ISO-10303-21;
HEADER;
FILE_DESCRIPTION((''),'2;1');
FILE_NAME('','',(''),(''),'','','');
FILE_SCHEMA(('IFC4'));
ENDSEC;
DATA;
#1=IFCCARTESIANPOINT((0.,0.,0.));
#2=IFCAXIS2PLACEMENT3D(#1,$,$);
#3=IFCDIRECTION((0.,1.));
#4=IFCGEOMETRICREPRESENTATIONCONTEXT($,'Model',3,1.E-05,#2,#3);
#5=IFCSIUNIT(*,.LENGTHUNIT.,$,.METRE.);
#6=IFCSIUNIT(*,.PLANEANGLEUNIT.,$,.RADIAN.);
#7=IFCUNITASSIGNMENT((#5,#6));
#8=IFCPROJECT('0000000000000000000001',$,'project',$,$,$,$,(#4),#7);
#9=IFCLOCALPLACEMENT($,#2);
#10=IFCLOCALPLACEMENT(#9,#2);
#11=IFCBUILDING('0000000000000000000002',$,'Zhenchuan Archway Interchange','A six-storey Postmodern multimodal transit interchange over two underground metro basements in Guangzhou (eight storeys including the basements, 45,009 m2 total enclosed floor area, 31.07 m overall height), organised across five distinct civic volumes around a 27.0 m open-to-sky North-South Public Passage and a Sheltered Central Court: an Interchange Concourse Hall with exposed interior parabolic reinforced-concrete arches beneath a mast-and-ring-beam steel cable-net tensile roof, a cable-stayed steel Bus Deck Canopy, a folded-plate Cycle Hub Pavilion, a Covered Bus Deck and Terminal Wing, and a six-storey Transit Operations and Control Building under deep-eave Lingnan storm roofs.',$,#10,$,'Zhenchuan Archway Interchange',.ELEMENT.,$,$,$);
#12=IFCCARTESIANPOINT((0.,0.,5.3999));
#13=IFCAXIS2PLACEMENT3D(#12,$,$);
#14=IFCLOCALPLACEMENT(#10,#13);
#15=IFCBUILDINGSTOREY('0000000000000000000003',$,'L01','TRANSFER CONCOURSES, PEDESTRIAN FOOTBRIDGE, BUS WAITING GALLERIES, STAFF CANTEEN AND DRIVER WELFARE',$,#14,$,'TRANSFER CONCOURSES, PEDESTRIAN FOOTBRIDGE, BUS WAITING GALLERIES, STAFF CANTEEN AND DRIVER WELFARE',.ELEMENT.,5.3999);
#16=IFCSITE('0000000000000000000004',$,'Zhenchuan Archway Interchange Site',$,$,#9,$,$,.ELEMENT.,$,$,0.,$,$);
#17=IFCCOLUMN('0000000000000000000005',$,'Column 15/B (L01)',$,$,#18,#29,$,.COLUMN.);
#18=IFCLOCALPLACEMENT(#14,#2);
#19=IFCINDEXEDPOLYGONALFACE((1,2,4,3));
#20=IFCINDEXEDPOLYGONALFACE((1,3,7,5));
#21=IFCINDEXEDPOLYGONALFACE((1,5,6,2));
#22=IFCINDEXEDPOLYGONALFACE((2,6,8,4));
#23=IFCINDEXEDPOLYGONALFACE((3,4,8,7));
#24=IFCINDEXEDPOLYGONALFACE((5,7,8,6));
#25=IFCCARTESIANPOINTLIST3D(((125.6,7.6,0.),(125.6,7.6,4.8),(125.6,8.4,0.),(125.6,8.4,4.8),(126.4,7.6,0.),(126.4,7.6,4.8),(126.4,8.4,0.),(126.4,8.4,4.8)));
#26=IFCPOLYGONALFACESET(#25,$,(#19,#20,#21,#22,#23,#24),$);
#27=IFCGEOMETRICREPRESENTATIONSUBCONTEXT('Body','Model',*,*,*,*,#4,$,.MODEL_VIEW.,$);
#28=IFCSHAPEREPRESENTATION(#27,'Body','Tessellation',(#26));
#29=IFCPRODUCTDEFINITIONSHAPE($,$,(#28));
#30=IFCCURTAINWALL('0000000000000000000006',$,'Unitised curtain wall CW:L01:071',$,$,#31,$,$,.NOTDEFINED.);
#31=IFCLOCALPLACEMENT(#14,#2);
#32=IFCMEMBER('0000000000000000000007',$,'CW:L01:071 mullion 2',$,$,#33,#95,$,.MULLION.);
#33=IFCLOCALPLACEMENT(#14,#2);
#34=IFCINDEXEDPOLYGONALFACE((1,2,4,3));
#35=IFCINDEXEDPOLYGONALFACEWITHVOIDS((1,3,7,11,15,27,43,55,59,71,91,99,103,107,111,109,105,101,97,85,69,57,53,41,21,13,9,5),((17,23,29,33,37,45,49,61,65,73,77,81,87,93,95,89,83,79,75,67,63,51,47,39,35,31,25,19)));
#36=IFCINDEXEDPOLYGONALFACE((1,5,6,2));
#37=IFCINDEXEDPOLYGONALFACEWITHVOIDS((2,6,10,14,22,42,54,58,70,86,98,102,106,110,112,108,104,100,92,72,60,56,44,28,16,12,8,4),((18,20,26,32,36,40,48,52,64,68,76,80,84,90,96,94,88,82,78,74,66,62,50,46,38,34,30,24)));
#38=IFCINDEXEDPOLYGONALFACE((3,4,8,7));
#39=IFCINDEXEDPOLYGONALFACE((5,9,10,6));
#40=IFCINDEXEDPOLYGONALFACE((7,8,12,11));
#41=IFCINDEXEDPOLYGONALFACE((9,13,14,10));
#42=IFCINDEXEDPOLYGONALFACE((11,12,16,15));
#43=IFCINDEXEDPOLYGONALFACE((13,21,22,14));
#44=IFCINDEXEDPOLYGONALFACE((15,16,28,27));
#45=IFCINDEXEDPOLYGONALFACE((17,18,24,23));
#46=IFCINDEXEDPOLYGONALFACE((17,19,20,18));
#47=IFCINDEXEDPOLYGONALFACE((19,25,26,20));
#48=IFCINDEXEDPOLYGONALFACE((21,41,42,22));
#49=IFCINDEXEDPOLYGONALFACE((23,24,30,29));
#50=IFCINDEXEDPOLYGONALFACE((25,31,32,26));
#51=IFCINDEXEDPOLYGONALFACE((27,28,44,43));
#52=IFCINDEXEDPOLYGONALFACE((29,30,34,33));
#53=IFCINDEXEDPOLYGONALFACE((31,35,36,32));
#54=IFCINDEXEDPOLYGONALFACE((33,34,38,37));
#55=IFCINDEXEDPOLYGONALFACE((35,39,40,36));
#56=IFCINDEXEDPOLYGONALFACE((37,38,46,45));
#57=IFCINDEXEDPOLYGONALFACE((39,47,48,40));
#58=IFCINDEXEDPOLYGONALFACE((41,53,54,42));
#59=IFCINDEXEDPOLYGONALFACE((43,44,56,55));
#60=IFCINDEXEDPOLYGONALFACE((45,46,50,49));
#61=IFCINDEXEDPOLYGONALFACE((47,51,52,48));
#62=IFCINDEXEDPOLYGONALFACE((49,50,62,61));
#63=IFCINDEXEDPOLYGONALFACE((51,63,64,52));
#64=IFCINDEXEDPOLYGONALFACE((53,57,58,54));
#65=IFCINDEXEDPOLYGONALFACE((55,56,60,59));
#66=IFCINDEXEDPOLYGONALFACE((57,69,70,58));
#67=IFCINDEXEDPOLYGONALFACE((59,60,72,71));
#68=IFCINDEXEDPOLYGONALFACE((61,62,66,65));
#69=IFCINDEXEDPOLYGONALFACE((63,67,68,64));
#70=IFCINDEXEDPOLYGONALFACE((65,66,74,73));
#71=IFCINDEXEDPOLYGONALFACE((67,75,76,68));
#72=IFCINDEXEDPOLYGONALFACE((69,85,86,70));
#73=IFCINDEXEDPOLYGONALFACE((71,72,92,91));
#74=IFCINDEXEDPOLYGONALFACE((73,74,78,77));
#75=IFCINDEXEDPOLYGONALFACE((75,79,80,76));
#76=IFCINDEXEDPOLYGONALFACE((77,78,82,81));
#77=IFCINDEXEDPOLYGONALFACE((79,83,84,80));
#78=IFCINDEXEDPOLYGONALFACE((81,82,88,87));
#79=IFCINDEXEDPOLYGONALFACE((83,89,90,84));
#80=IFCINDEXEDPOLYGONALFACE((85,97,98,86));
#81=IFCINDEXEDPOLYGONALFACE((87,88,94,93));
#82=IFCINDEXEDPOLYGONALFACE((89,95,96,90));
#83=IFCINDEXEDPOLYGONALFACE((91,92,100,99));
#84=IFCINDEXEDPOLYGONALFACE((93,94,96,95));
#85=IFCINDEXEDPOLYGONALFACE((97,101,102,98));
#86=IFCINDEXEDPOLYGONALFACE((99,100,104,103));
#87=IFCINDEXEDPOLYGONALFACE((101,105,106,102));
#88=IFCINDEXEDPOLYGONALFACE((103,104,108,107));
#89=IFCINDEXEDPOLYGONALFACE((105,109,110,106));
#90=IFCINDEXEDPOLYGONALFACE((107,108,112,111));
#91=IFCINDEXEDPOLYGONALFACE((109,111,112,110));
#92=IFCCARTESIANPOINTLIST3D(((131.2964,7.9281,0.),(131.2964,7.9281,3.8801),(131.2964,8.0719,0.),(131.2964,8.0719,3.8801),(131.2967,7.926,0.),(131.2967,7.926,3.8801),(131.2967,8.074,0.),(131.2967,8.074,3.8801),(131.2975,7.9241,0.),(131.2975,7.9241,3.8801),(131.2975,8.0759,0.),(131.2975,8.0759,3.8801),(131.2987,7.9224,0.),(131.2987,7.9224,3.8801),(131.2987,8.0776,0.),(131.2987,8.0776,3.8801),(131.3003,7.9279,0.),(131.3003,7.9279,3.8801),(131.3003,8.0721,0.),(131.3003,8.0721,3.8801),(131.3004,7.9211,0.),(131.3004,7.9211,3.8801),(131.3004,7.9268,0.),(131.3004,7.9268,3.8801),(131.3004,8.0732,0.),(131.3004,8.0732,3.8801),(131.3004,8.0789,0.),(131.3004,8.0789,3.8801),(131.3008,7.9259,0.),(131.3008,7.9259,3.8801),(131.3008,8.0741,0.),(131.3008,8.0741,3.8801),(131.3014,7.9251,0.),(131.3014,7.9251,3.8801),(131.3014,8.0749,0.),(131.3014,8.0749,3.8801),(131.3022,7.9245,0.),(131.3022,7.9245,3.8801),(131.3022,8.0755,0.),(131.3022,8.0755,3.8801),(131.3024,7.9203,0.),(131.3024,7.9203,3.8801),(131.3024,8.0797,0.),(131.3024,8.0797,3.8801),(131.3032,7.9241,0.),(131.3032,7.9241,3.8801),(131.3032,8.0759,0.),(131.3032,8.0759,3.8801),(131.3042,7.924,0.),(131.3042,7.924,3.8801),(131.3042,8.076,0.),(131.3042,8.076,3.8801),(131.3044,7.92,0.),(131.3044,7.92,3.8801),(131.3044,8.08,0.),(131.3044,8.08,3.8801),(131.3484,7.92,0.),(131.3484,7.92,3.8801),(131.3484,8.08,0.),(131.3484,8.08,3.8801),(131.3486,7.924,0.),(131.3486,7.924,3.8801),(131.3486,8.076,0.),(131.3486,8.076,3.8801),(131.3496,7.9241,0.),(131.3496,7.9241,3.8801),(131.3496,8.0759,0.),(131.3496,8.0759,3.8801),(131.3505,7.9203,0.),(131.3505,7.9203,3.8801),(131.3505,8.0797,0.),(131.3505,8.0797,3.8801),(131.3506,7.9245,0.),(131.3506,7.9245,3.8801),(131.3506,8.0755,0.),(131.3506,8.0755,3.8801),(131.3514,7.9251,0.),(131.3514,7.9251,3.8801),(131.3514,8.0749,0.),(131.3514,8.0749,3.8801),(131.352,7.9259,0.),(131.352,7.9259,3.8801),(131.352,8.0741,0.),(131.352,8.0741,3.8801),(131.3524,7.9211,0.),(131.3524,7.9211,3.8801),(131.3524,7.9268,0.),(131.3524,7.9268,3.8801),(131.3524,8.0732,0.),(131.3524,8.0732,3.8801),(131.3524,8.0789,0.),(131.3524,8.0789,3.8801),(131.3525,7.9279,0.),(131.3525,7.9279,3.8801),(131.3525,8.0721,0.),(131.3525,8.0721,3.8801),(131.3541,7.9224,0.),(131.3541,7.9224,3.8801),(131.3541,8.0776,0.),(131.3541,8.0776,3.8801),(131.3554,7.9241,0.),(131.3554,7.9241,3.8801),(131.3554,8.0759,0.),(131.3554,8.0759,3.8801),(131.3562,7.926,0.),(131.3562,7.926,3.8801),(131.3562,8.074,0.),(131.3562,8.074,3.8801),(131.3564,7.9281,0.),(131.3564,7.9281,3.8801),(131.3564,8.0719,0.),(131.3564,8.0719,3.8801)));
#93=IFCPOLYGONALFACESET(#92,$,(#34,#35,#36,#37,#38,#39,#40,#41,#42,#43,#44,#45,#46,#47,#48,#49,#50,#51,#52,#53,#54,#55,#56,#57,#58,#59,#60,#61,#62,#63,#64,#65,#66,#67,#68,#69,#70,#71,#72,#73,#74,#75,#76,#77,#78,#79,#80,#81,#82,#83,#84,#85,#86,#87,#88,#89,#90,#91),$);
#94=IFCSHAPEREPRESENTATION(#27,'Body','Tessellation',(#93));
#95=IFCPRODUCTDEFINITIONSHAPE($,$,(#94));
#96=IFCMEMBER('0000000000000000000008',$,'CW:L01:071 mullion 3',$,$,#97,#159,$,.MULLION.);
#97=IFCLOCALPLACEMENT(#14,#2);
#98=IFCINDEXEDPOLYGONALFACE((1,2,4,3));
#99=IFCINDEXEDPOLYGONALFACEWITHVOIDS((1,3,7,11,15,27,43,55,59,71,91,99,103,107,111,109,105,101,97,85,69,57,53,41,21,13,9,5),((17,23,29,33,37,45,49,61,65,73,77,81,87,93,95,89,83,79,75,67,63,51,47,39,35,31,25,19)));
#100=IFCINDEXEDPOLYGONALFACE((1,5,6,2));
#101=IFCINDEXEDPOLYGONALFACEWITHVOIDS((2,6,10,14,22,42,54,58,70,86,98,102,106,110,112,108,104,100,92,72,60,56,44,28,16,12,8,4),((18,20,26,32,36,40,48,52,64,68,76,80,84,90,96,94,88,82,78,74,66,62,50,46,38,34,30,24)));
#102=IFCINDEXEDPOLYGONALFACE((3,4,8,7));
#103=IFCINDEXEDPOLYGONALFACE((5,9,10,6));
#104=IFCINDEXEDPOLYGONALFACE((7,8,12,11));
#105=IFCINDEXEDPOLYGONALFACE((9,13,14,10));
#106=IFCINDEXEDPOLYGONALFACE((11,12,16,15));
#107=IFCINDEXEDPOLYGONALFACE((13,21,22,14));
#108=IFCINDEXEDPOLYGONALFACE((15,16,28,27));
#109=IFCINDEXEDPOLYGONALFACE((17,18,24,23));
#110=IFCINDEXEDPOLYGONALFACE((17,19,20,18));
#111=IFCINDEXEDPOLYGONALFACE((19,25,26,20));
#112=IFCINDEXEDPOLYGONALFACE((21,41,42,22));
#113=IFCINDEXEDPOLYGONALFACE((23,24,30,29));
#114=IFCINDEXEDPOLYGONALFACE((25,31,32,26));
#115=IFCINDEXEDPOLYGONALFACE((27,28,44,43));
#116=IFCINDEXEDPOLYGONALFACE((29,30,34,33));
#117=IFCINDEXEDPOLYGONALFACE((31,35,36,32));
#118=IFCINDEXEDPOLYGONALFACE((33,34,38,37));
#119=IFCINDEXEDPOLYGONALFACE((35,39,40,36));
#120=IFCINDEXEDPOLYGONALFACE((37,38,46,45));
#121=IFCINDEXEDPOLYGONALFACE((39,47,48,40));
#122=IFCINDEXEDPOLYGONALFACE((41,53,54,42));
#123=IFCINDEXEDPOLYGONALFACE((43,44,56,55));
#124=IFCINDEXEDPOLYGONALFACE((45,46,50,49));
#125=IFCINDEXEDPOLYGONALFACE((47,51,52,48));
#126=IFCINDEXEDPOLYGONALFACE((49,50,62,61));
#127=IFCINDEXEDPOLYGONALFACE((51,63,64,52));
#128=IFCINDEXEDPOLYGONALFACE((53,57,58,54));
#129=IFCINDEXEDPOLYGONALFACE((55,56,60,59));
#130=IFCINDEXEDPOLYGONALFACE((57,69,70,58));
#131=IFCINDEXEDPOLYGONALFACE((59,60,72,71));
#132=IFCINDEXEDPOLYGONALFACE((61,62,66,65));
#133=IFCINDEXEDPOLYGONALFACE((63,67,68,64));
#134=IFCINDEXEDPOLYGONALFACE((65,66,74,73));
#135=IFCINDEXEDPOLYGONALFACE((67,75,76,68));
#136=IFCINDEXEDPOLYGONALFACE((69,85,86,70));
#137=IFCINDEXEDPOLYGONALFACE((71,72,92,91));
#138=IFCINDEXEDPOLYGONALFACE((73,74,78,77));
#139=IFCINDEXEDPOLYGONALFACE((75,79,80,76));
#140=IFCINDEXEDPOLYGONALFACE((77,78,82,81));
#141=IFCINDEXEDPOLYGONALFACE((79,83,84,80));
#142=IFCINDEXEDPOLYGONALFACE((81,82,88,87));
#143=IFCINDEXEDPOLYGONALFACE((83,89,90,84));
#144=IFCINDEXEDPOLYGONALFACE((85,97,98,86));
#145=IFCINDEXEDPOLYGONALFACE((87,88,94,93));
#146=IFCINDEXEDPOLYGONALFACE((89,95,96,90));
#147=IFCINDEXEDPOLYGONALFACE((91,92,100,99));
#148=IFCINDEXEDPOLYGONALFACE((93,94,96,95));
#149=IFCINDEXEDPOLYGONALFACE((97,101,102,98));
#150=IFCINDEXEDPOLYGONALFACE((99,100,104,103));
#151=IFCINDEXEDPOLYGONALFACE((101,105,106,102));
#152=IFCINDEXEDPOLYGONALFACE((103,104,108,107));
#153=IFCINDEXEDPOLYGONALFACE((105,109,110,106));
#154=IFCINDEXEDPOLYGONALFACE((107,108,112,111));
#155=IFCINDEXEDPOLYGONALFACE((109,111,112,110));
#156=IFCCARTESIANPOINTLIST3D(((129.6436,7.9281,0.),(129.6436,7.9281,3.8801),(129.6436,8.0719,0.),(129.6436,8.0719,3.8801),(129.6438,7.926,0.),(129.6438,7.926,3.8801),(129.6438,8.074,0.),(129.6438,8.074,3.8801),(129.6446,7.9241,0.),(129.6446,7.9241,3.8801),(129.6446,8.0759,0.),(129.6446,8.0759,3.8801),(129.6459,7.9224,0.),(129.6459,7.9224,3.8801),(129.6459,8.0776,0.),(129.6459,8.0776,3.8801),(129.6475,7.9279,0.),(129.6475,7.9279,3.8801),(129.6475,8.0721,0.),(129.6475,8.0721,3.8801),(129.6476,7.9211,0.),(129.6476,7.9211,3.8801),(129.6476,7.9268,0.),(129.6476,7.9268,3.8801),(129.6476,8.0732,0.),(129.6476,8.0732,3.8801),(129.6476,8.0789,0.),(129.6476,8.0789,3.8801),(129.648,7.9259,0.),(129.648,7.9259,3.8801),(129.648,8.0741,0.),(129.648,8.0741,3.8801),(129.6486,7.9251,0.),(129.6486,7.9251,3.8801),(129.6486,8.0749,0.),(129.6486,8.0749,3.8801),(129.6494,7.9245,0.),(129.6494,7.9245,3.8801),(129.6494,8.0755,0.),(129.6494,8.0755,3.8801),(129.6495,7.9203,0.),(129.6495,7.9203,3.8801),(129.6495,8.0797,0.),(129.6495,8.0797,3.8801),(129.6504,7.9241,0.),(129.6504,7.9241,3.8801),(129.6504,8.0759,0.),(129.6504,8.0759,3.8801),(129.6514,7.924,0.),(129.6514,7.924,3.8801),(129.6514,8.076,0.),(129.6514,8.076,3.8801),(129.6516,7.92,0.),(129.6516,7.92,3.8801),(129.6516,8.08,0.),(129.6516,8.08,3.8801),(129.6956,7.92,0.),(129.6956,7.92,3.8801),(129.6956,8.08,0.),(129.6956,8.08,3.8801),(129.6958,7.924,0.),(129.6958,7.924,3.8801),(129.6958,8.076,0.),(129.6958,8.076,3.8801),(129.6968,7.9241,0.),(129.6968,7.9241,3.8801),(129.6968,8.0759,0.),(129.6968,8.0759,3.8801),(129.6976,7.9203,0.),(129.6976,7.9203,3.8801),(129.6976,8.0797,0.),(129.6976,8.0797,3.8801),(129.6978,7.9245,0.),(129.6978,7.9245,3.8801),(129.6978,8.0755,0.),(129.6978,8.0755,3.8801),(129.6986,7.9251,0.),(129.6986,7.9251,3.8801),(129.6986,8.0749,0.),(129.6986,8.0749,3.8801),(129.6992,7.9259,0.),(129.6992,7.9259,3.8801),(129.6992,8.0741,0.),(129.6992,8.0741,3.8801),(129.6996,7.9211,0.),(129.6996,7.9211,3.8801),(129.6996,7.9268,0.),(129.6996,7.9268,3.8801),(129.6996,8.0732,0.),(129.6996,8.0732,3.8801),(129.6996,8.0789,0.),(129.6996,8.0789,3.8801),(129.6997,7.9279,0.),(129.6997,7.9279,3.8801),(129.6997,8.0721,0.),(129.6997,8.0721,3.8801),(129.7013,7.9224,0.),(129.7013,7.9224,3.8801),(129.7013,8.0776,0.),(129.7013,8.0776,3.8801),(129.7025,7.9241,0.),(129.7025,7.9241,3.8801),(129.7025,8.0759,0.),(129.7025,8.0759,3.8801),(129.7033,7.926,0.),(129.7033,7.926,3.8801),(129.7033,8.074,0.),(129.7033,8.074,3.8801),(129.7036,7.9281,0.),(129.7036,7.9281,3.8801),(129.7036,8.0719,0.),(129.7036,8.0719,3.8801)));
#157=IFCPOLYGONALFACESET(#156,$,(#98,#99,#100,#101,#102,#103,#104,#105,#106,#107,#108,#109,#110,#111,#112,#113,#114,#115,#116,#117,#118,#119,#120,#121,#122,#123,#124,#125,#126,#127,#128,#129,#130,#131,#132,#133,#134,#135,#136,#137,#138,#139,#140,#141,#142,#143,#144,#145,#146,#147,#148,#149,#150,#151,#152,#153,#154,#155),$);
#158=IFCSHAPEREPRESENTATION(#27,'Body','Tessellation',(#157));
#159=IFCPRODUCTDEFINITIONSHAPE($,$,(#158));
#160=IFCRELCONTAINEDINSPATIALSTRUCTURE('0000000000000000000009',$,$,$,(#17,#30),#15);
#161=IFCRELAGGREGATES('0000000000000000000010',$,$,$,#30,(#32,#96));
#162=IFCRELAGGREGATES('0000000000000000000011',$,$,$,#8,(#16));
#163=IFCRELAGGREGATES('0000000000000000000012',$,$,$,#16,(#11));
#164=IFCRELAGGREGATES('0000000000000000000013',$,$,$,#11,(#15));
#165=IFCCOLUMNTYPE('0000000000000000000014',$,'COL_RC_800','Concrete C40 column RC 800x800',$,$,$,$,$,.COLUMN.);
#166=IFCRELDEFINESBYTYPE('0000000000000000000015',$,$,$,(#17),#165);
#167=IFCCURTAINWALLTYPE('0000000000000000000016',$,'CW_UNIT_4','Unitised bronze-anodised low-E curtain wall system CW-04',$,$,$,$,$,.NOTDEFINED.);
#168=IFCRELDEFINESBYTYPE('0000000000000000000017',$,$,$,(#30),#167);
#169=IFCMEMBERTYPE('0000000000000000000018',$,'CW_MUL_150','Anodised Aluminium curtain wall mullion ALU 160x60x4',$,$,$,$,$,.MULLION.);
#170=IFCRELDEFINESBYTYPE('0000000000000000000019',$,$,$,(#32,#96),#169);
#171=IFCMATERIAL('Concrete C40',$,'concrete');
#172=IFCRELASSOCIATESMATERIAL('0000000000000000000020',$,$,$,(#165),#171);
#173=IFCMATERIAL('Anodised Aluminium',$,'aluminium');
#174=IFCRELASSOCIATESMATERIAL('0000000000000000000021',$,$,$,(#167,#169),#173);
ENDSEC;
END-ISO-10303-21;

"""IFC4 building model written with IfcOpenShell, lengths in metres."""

from ifc_helpers import new_model, si_unit, direction, frame, origin, origin_2d, place, context, subcontext, project, spatial, rectangle, hollow_rectangle, extrude, material, material_profile, profile_set, type_object, element, aggregate, save


model = new_model("IFC4")

# Units and contexts
model_context = context("Model", 3, precision=1e-05, world=origin(), true_north=direction((0.0, 1.0)))
body_context = subcontext(model_context, "Body", "Model", "MODEL_VIEW")
ifc_project = project(units=[si_unit("LENGTHUNIT", "METRE"), si_unit("PLANEANGLEUNIT", "RADIAN")], contexts=[model_context])

# Site, building, storey
site_placement = place(None, origin())
site = spatial("IfcSite", under=ifc_project, at=site_placement, Name="Zhenchuan Archway Interchange Site", CompositionType="ELEMENT", RefElevation=0.0)
building_placement = place(site_placement, origin())
building = spatial("IfcBuilding", under=site, at=building_placement, Name="Zhenchuan Archway Interchange", Description="A six-storey Postmodern multimodal transit interchange over two underground metro basements in Guangzhou (eight storeys including the basements, 45,009 m2 total enclosed floor area, 31.07 m overall height), organised across five distinct civic volumes around a 27.0 m open-to-sky North-South Public Passage and a Sheltered Central Court: an Interchange Concourse Hall with exposed interior parabolic reinforced-concrete arches beneath a mast-and-ring-beam steel cable-net tensile roof, a cable-stayed steel Bus Deck Canopy, a folded-plate Cycle Hub Pavilion, a Covered Bus Deck and Terminal Wing, and a six-storey Transit Operations and Control Building under deep-eave Lingnan storm roofs.", LongName="Zhenchuan Archway Interchange", CompositionType="ELEMENT")
storey_placement = place(building_placement, frame((0.0, 0.0, 5.3999)))
storey = spatial("IfcBuildingStorey", under=building, at=storey_placement, Name="L01", Description="TRANSFER CONCOURSES, PEDESTRIAN FOOTBRIDGE, BUS WAITING GALLERIES, STAFF CANTEEN AND DRIVER WELFARE", LongName="TRANSFER CONCOURSES, PEDESTRIAN FOOTBRIDGE, BUS WAITING GALLERIES, STAFF CANTEEN AND DRIVER WELFARE", CompositionType="ELEMENT", Elevation=5.3999)

# Column
ifc_material_1 = material(Name="Concrete C40", Category="concrete")
ifc_material_profile_1 = material_profile(ifc_material_1, rectangle(XDim=0.8, YDim=0.8, at=origin_2d()), Name="RC 800x800")
ifc_profile_set_1 = profile_set([ifc_material_profile_1], Name="Concrete C40")
column_type = type_object("IfcColumnType", Name="COL_RC_800", Description="Concrete C40 column RC 800x800", PredefinedType="COLUMN", material=ifc_profile_set_1)
column_placement = place(storey_placement, frame((126.0, 8.0, 0.0), z_axis=(0.0, 0.0, 1.0), x_axis=(1.0, 0.0, 0.0)))
element("IfcColumn", 1, at=column_placement, inside=storey, type_object=column_type, Name="Column 15/B (L01)", PredefinedType="COLUMN", context=body_context, shape_type="SweptSolid", body=[
    extrude(rectangle(XDim=0.8, YDim=0.8, at=origin_2d()), origin(), (0.0, 0.0, 1.0), 4.8),
])

# Curtain wall, members
ifc_material_2 = material(Name="Anodised Aluminium", Category="aluminium")
curtain_wall_type = type_object("IfcCurtainWallType", Name="CW_UNIT_4", Description="Unitised bronze-anodised low-E curtain wall system CW-04", PredefinedType="NOTDEFINED", material=ifc_material_2)
curtain_wall_placement = place(storey_placement, origin())
curtain_wall = element("IfcCurtainWall", 2, at=curtain_wall_placement, inside=storey, type_object=curtain_wall_type, Name="Unitised curtain wall CW:L01:071", PredefinedType="NOTDEFINED")
ifc_material_profile_2 = material_profile(ifc_material_2, hollow_rectangle(XDim=0.0601, YDim=0.1599, WallThickness=0.0039, InnerFilletRadius=0.0039, OuterFilletRadius=0.0081, at=origin_2d()), Name="ALU 160x60x4")
ifc_profile_set_2 = profile_set([ifc_material_profile_2], Name="Anodised Aluminium")
member_type_1 = type_object("IfcMemberType", Name="CW_MUL_150", Description="Anodised Aluminium curtain wall mullion ALU 160x60x4", PredefinedType="MULLION", material=ifc_profile_set_2)
member_1_placement = place(storey_placement, frame((131.3264, 8.0, 0.0), z_axis=(0.0, 0.0, 1.0), x_axis=(1.0, 0.0, 0.0)))
member_1 = element("IfcMember", 3, at=member_1_placement, type_object=member_type_1, Name="CW:L01:071 mullion 2", PredefinedType="MULLION", context=body_context, shape_type="SweptSolid", body=[
    extrude(hollow_rectangle(XDim=0.0601, YDim=0.1599, WallThickness=0.0039, InnerFilletRadius=0.0039, OuterFilletRadius=0.0081, at=origin_2d()), origin(), (0.0, 0.0, 1.0), 3.8801),
])
member_2_placement = place(storey_placement, frame((129.6736, 8.0, 0.0), z_axis=(0.0, 0.0, 1.0), x_axis=(1.0, 0.0, 0.0)))
member_2 = element("IfcMember", 4, at=member_2_placement, type_object=member_type_1, Name="CW:L01:071 mullion 3", PredefinedType="MULLION", context=body_context, shape_type="SweptSolid", body=[
    extrude(hollow_rectangle(XDim=0.0601, YDim=0.1599, WallThickness=0.0039, InnerFilletRadius=0.0039, OuterFilletRadius=0.0081, at=origin_2d()), origin(), (0.0, 0.0, 1.0), 3.8801),
])

aggregate(curtain_wall, [member_1, member_2])

save(model, "model.ifc")
